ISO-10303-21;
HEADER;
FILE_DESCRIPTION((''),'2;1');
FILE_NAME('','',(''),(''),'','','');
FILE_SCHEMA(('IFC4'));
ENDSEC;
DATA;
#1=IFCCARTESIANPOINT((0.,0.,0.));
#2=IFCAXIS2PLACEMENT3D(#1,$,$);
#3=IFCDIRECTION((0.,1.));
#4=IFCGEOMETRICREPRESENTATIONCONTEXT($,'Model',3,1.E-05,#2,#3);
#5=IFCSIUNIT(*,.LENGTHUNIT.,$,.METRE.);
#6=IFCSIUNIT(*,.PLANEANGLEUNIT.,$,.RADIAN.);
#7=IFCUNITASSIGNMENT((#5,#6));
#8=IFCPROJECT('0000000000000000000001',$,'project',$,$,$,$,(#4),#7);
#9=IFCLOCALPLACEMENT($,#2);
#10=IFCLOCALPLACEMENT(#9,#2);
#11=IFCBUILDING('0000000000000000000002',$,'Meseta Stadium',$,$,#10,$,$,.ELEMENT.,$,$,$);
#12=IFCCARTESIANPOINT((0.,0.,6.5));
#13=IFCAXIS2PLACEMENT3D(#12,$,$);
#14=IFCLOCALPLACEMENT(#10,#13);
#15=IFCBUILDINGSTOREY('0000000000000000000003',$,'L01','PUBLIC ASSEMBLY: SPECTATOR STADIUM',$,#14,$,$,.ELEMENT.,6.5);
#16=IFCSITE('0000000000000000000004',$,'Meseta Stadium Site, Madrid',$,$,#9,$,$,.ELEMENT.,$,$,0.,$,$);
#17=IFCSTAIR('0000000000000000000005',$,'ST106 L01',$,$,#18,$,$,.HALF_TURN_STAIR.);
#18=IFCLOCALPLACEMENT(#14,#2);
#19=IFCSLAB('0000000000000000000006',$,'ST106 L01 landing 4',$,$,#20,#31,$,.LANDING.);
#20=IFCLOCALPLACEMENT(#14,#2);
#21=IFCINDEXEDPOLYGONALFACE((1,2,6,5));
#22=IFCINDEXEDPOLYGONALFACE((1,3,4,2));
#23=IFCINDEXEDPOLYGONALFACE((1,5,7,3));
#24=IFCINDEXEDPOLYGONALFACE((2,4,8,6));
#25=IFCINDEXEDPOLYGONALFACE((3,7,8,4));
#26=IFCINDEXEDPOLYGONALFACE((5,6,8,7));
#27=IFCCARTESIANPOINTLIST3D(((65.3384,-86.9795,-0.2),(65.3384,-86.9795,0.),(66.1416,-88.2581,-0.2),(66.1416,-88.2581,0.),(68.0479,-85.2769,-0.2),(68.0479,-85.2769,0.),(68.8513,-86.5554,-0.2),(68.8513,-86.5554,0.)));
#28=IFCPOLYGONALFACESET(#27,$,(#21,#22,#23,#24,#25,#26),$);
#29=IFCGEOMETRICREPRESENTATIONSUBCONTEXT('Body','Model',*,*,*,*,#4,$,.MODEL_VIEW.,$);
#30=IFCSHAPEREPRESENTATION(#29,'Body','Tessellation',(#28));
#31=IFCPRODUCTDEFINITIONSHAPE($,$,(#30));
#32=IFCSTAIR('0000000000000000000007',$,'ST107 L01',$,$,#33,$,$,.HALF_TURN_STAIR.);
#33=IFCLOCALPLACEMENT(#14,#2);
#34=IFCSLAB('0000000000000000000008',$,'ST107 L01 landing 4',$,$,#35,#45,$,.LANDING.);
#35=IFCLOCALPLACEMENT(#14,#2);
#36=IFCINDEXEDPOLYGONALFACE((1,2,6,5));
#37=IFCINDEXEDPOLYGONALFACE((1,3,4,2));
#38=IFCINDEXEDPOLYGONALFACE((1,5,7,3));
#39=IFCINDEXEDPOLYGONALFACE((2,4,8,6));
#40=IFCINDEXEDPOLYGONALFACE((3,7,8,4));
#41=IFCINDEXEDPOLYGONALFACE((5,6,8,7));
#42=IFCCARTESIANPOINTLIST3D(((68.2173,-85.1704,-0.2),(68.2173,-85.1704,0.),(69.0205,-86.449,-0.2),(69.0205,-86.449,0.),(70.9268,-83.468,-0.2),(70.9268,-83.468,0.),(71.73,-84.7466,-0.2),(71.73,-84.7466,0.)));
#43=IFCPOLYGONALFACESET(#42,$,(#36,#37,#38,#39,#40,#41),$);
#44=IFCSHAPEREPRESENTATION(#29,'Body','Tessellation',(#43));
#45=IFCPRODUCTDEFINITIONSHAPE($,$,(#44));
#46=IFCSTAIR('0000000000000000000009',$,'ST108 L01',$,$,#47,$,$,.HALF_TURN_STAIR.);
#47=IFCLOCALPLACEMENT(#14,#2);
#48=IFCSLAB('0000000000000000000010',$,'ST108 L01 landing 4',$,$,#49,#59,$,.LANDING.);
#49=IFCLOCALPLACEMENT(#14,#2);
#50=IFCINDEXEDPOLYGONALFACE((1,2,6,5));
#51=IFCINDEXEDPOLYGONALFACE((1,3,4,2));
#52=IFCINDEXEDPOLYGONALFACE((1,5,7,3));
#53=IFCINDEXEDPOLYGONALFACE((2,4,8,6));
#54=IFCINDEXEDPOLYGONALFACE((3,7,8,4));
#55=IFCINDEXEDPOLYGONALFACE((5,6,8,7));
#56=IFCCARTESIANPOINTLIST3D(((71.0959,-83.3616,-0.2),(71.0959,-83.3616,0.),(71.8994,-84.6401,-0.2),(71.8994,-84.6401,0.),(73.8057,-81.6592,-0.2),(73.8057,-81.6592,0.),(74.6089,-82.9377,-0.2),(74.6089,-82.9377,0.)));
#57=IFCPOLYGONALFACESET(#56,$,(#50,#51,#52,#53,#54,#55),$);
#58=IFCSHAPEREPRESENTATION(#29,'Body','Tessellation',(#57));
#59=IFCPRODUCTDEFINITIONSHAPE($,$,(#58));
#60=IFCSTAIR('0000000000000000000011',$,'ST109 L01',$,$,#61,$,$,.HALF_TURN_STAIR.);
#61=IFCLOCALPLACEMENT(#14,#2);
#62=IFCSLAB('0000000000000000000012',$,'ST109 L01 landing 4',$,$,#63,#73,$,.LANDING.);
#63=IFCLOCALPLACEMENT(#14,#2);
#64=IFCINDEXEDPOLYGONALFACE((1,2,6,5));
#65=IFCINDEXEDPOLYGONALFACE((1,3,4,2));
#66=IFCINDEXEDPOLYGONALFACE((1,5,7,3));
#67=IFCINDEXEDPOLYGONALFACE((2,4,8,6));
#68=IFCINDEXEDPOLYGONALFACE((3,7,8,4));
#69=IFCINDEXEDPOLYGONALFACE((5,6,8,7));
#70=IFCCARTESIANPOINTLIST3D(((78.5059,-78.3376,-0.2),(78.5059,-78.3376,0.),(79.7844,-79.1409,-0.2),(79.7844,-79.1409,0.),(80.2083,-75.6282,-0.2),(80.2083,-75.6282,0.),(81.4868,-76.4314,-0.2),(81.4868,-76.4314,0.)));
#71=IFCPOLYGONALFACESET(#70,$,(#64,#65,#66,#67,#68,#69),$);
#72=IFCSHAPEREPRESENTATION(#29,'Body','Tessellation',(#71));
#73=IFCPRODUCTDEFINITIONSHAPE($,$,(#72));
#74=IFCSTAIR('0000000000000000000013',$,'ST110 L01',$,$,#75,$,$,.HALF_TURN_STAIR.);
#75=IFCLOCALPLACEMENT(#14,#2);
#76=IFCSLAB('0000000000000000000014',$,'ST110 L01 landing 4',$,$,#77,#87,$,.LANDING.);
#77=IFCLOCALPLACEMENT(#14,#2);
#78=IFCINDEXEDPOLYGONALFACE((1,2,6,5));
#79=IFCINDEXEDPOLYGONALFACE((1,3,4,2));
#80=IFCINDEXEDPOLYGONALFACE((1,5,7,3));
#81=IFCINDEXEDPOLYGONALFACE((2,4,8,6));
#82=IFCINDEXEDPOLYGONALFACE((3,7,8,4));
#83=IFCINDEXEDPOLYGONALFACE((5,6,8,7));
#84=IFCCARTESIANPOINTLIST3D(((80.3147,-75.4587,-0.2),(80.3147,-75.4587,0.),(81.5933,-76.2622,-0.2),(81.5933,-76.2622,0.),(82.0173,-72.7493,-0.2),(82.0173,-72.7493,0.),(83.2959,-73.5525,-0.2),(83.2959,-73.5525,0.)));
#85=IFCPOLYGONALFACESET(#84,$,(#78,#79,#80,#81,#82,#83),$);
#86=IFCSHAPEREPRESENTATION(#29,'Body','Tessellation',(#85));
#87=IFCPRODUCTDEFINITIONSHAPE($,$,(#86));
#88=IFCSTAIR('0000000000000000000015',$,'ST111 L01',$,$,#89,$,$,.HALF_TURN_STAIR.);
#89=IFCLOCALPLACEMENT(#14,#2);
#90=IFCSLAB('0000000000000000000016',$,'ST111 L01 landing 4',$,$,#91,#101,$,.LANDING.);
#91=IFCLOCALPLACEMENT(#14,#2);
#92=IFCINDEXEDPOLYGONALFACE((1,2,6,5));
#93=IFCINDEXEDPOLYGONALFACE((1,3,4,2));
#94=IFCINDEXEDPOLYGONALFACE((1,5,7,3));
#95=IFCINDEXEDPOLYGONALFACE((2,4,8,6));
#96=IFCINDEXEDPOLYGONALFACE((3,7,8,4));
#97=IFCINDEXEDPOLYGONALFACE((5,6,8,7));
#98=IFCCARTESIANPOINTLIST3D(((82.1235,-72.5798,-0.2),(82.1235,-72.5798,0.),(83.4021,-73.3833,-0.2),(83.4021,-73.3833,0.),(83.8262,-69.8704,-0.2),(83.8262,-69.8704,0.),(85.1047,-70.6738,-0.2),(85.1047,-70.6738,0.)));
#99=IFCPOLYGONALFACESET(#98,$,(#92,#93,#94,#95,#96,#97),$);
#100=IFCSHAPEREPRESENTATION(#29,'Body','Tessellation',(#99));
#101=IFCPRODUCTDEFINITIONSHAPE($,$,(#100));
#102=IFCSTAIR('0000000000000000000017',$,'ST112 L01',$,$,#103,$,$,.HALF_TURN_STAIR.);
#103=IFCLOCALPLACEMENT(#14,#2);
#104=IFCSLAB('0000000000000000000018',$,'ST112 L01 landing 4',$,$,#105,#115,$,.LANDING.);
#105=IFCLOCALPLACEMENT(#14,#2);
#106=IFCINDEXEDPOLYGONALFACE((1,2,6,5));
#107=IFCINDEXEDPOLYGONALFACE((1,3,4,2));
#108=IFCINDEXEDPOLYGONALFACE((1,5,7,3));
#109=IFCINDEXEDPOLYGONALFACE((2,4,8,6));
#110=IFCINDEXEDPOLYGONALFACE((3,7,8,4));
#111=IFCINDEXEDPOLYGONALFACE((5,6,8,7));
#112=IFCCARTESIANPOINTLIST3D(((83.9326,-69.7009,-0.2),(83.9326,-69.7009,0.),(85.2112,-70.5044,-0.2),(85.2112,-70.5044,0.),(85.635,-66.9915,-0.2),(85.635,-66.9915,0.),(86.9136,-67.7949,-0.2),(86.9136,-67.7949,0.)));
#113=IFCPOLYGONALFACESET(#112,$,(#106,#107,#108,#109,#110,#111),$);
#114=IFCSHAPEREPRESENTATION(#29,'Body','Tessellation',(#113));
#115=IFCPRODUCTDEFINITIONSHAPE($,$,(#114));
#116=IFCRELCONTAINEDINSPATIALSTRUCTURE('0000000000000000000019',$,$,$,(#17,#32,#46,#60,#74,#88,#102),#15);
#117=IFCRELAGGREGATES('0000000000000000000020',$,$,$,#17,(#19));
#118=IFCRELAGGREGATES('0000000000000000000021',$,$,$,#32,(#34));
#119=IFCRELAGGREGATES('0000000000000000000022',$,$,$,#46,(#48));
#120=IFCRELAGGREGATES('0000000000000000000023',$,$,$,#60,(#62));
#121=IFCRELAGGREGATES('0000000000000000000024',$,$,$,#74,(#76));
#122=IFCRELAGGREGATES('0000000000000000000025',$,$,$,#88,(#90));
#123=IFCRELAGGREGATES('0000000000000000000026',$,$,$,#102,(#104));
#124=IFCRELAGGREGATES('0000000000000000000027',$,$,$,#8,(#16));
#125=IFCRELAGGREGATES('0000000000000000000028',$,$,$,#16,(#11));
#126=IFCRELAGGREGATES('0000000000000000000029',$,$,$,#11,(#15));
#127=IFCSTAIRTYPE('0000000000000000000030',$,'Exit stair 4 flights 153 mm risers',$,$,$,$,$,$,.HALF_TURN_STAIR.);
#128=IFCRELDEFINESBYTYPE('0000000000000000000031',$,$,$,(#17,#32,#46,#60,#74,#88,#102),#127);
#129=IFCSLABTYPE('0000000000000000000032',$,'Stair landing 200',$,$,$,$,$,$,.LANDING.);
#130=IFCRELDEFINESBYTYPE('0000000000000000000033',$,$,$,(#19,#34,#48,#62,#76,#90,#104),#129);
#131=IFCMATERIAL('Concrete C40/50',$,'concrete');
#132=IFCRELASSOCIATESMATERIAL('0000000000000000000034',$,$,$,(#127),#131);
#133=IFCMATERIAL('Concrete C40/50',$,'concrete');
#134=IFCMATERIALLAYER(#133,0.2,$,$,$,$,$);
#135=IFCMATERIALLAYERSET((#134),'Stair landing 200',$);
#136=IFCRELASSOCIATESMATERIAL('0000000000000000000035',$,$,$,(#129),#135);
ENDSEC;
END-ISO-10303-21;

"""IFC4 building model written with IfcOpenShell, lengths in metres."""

from ifc_helpers import new_model, si_unit, direction, frame, origin, place, context, subcontext, project, spatial, polyline, outline, extrude, material, layer, layer_set, type_object, element, aggregate, save


model = new_model("IFC4")

# Units and contexts
model_context = context("Model", 3, precision=1e-05, world=origin(), true_north=direction((0.0, 1.0)))
body_context = subcontext(model_context, "Body", "Model", "MODEL_VIEW")
ifc_project = project(units=[si_unit("LENGTHUNIT", "METRE"), si_unit("PLANEANGLEUNIT", "RADIAN")], contexts=[model_context])

# Site, building, storey
site_placement = place(None, origin())
site = spatial("IfcSite", under=ifc_project, at=site_placement, Name="Meseta Stadium Site, Madrid", CompositionType="ELEMENT", RefElevation=0.0)
building_placement = place(site_placement, origin())
building = spatial("IfcBuilding", under=site, at=building_placement, Name="Meseta Stadium", CompositionType="ELEMENT")
storey_placement = place(building_placement, frame((0.0, 0.0, 6.5)))
storey = spatial("IfcBuildingStorey", under=building, at=storey_placement, Name="L01", Description="PUBLIC ASSEMBLY: SPECTATOR STADIUM", CompositionType="ELEMENT", Elevation=6.5)

# Shared definitions
ifc_material_1 = material(Name="Concrete C40/50", Category="concrete")
stair_type = type_object("IfcStairType", Name="Exit stair 4 flights 153 mm risers", PredefinedType="HALF_TURN_STAIR", material=ifc_material_1)
ifc_material_2 = material(Name="Concrete C40/50", Category="concrete")
ifc_layer = layer(ifc_material_2, 0.2)
ifc_layer_set = layer_set([ifc_layer], Name="Stair landing 200")
slab_type = type_object("IfcSlabType", Name="Stair landing 200", PredefinedType="LANDING", material=ifc_layer_set)

# Stairs, slabs
stair_1_placement = place(storey_placement, origin())
stair_1 = element("IfcStair", 1, at=stair_1_placement, inside=storey, type_object=stair_type, Name="ST106 L01", PredefinedType="HALF_TURN_STAIR")
slab_1_placement = place(storey_placement, frame((0.0, 0.0, -0.2)))
slab_1 = element("IfcSlab", 2, at=slab_1_placement, type_object=slab_type, Name="ST106 L01 landing 4", PredefinedType="LANDING", context=body_context, shape_type="SweptSolid", body=[
    extrude(outline(polyline([(65.3384, -86.9795), (66.1416, -88.2581), (68.8513, -86.5554), (68.0479, -85.2769), (65.3384, -86.9795)])), origin(), (0.0, 0.0, 1.0), 0.2),
])
aggregate(stair_1, [slab_1])
stair_2_placement = place(storey_placement, origin())
stair_2 = element("IfcStair", 3, at=stair_2_placement, inside=storey, type_object=stair_type, Name="ST107 L01", PredefinedType="HALF_TURN_STAIR")
slab_2_placement = place(storey_placement, frame((0.0, 0.0, -0.2)))
slab_2 = element("IfcSlab", 4, at=slab_2_placement, type_object=slab_type, Name="ST107 L01 landing 4", PredefinedType="LANDING", context=body_context, shape_type="SweptSolid", body=[
    extrude(outline(polyline([(68.2173, -85.1704), (69.0205, -86.449), (71.73, -84.7466), (70.9268, -83.468), (68.2173, -85.1704)])), origin(), (0.0, 0.0, 1.0), 0.2),
])
aggregate(stair_2, [slab_2])
stair_3_placement = place(storey_placement, origin())
stair_3 = element("IfcStair", 5, at=stair_3_placement, inside=storey, type_object=stair_type, Name="ST108 L01", PredefinedType="HALF_TURN_STAIR")
slab_3_placement = place(storey_placement, frame((0.0, 0.0, -0.2)))
slab_3 = element("IfcSlab", 6, at=slab_3_placement, type_object=slab_type, Name="ST108 L01 landing 4", PredefinedType="LANDING", context=body_context, shape_type="SweptSolid", body=[
    extrude(outline(polyline([(71.0959, -83.3616), (71.8994, -84.6401), (74.6089, -82.9377), (73.8057, -81.6592), (71.0959, -83.3616)])), origin(), (0.0, 0.0, 1.0), 0.2),
])
aggregate(stair_3, [slab_3])
stair_4_placement = place(storey_placement, origin())
stair_4 = element("IfcStair", 7, at=stair_4_placement, inside=storey, type_object=stair_type, Name="ST109 L01", PredefinedType="HALF_TURN_STAIR")
slab_4_placement = place(storey_placement, frame((0.0, 0.0, -0.2)))
slab_4 = element("IfcSlab", 8, at=slab_4_placement, type_object=slab_type, Name="ST109 L01 landing 4", PredefinedType="LANDING", context=body_context, shape_type="SweptSolid", body=[
    extrude(outline(polyline([(78.5059, -78.3376), (79.7844, -79.1409), (81.4868, -76.4314), (80.2083, -75.6282), (78.5059, -78.3376)])), origin(), (0.0, 0.0, 1.0), 0.2),
])
aggregate(stair_4, [slab_4])
stair_5_placement = place(storey_placement, origin())
stair_5 = element("IfcStair", 9, at=stair_5_placement, inside=storey, type_object=stair_type, Name="ST110 L01", PredefinedType="HALF_TURN_STAIR")
slab_5_placement = place(storey_placement, frame((0.0, 0.0, -0.2)))
slab_5 = element("IfcSlab", 10, at=slab_5_placement, type_object=slab_type, Name="ST110 L01 landing 4", PredefinedType="LANDING", context=body_context, shape_type="SweptSolid", body=[
    extrude(outline(polyline([(80.3147, -75.4587), (81.5933, -76.2622), (83.2959, -73.5525), (82.0173, -72.7493), (80.3147, -75.4587)])), origin(), (0.0, 0.0, 1.0), 0.2),
])
aggregate(stair_5, [slab_5])
stair_6_placement = place(storey_placement, origin())
stair_6 = element("IfcStair", 11, at=stair_6_placement, inside=storey, type_object=stair_type, Name="ST111 L01", PredefinedType="HALF_TURN_STAIR")
slab_6_placement = place(storey_placement, frame((0.0, 0.0, -0.2)))
slab_6 = element("IfcSlab", 12, at=slab_6_placement, type_object=slab_type, Name="ST111 L01 landing 4", PredefinedType="LANDING", context=body_context, shape_type="SweptSolid", body=[
    extrude(outline(polyline([(82.1235, -72.5798), (83.4021, -73.3833), (85.1047, -70.6738), (83.8262, -69.8704), (82.1235, -72.5798)])), origin(), (0.0, 0.0, 1.0), 0.2),
])
aggregate(stair_6, [slab_6])
stair_7_placement = place(storey_placement, origin())
stair_7 = element("IfcStair", 13, at=stair_7_placement, inside=storey, type_object=stair_type, Name="ST112 L01", PredefinedType="HALF_TURN_STAIR")
slab_7_placement = place(storey_placement, frame((0.0, 0.0, -0.2)))
slab_7 = element("IfcSlab", 14, at=slab_7_placement, type_object=slab_type, Name="ST112 L01 landing 4", PredefinedType="LANDING", context=body_context, shape_type="SweptSolid", body=[
    extrude(outline(polyline([(83.9326, -69.7009), (85.2112, -70.5044), (86.9136, -67.7949), (85.635, -66.9915), (83.9326, -69.7009)])), origin(), (0.0, 0.0, 1.0), 0.2),
])
aggregate(stair_7, [slab_7])

save(model, "model.ifc")
